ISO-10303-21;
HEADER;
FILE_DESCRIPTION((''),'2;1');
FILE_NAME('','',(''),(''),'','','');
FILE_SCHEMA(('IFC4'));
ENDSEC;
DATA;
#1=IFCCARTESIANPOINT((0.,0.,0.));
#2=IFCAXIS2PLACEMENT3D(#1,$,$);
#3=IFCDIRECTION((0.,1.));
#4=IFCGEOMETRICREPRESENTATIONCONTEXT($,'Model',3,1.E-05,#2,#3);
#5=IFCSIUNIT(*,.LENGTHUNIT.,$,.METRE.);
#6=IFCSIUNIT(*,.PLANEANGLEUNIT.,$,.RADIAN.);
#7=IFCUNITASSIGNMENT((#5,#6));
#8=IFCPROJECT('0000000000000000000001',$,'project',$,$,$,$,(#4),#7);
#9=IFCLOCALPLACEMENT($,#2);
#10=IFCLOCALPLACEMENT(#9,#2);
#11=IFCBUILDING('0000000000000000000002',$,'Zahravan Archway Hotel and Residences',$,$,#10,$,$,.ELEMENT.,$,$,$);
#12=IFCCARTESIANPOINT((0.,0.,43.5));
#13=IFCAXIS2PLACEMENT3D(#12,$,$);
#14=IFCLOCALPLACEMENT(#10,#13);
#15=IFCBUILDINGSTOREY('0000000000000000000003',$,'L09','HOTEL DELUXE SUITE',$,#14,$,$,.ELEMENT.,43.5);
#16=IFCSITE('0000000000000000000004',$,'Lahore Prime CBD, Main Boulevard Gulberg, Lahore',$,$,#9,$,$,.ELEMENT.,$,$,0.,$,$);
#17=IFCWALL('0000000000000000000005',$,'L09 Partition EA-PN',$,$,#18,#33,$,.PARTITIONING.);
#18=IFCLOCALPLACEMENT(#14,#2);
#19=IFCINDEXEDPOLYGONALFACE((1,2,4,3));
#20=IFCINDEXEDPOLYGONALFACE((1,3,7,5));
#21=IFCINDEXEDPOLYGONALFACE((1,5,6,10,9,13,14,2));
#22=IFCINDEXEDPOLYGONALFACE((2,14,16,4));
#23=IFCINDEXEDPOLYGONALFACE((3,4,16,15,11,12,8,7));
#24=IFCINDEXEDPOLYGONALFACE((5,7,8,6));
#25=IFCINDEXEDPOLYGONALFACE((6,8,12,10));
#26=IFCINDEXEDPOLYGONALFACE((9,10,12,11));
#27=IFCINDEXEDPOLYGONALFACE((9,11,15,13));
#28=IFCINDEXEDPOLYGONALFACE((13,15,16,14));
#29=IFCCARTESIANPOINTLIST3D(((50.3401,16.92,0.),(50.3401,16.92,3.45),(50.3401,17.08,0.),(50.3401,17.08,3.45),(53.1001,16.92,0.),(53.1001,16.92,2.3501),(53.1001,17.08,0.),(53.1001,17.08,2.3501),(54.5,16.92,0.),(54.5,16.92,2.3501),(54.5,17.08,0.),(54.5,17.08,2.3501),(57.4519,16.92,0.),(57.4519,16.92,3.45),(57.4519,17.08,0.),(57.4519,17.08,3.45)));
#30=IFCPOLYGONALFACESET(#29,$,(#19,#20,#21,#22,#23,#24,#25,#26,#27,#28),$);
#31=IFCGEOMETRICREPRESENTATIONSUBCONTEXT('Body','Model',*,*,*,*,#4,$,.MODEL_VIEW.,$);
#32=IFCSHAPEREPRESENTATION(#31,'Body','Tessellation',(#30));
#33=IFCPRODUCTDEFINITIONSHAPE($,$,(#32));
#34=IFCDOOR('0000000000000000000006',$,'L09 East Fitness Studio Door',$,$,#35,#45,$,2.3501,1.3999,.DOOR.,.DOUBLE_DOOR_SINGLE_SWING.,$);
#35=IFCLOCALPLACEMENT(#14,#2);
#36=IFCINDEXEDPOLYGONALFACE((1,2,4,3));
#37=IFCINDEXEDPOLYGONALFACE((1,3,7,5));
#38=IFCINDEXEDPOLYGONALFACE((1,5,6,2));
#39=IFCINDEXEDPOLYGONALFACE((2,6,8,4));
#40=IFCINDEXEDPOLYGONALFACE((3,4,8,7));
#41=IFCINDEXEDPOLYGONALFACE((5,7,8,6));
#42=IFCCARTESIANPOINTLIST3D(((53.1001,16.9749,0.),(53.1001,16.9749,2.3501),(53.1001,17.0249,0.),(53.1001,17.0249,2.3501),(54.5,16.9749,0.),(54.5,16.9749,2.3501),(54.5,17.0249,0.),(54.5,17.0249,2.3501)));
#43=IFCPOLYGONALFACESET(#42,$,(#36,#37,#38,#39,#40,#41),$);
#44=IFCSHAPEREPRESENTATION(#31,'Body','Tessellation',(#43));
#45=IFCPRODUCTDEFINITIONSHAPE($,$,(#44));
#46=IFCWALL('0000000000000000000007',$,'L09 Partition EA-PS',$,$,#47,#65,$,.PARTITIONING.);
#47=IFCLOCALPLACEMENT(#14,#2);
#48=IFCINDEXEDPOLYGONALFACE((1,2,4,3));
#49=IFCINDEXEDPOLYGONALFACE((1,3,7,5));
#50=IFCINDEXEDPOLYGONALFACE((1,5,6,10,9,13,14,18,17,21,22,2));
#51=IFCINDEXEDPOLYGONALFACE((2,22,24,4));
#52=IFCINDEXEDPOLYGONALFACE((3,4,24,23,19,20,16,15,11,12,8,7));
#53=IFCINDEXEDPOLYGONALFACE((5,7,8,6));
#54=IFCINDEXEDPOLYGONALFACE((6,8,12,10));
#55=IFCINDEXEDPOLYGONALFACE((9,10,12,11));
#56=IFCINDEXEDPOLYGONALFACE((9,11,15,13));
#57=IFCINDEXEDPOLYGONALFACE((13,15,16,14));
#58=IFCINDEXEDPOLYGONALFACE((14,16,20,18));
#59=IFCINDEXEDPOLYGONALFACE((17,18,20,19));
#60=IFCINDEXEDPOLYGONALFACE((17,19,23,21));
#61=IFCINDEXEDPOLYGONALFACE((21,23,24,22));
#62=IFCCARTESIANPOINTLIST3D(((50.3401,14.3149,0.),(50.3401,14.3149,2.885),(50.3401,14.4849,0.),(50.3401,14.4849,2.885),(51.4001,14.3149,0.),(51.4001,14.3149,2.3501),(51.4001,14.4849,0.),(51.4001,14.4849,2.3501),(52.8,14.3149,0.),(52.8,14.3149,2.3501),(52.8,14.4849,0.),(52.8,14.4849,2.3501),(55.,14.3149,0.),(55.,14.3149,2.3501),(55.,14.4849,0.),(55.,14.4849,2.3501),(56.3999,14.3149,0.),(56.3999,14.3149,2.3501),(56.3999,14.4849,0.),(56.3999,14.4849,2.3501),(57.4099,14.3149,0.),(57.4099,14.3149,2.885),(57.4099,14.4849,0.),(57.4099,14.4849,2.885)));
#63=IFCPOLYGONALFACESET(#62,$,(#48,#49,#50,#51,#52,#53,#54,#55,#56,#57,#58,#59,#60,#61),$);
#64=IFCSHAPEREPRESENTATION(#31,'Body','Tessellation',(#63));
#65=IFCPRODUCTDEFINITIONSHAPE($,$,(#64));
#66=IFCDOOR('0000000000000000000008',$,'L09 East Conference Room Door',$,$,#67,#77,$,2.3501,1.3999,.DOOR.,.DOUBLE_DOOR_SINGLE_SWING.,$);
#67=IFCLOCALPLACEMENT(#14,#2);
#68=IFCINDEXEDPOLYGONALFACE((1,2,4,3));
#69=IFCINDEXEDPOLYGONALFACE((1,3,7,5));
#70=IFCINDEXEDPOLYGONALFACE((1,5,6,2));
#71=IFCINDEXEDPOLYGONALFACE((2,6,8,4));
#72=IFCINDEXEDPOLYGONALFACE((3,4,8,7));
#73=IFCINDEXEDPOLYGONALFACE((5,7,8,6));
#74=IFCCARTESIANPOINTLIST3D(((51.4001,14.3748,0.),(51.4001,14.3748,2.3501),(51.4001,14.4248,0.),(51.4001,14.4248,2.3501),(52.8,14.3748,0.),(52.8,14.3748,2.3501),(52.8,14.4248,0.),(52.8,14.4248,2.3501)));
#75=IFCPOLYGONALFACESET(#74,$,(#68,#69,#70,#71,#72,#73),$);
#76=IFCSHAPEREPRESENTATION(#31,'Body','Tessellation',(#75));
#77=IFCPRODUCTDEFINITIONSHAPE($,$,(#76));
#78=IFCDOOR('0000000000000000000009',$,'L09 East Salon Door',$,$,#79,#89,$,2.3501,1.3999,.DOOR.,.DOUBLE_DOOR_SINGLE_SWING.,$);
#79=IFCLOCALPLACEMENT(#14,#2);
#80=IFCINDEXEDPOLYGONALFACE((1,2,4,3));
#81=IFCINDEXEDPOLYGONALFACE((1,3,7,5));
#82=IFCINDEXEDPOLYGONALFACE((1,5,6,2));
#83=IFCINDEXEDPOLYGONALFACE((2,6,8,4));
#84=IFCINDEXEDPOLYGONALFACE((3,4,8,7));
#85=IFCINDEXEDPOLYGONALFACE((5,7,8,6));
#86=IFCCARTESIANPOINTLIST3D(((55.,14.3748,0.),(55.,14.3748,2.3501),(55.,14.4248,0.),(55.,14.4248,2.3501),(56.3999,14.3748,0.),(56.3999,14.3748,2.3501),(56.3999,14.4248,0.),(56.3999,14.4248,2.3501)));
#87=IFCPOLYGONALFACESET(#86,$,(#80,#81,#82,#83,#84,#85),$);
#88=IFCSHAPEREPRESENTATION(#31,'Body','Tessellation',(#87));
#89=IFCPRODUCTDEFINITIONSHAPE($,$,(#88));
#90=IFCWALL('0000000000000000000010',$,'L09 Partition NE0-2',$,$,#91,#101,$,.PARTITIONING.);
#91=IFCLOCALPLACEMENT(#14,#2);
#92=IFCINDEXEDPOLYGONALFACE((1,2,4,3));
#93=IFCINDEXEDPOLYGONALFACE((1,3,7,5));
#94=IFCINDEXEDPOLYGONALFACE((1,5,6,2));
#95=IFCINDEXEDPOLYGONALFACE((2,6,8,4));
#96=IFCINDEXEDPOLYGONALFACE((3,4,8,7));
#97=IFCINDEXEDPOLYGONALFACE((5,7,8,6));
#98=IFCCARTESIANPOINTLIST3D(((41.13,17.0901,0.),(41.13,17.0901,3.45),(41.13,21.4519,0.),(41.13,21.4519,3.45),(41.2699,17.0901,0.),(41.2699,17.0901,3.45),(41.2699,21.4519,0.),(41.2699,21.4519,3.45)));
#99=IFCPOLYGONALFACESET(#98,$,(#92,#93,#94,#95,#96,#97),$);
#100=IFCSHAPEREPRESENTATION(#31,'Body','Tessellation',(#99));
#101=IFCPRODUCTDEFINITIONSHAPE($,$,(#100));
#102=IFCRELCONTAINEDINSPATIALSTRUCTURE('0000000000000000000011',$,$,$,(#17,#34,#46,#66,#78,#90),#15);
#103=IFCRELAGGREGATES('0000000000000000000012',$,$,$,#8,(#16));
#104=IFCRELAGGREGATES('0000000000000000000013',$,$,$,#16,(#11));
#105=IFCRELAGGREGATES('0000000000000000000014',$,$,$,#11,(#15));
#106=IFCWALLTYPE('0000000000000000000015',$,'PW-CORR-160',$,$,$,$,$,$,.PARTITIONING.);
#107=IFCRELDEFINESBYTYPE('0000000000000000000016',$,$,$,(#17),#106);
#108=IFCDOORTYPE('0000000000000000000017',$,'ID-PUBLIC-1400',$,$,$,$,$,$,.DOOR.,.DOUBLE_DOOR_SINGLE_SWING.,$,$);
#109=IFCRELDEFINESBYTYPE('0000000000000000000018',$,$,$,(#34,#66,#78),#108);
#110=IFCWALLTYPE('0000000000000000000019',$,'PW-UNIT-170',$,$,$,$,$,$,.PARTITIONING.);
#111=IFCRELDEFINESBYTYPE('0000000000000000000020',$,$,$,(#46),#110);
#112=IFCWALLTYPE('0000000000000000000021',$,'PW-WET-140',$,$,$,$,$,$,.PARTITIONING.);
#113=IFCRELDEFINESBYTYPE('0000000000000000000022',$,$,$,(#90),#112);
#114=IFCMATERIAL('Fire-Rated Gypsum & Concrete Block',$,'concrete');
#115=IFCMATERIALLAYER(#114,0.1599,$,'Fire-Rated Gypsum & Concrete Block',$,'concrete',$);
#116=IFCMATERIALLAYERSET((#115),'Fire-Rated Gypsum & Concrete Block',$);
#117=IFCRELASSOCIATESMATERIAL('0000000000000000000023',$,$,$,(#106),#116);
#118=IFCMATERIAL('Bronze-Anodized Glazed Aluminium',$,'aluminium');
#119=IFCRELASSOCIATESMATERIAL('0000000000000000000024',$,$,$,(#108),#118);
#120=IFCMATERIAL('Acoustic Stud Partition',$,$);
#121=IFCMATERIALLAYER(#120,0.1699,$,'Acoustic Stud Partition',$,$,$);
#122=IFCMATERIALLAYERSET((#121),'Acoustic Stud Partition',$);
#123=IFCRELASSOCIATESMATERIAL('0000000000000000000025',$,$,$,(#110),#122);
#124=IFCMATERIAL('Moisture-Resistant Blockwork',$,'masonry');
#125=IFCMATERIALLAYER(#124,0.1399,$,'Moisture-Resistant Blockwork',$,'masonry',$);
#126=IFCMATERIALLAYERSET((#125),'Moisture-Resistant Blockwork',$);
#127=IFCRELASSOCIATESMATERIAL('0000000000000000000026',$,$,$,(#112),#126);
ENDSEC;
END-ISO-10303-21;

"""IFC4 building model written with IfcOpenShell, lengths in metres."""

from ifc_helpers import new_model, si_unit, direction, frame, frame_2d, origin, place, context, subcontext, project, spatial, rectangle, extrude, source, transform, mapped, material, layer, layer_set, type_object, type_shapes, element, fill, save


model = new_model("IFC4")

# Units and contexts
model_context = context("Model", 3, precision=1e-05, world=origin(), true_north=direction((0.0, 1.0)))
body_context = subcontext(model_context, "Body", "Model", "MODEL_VIEW")
ifc_project = project(units=[si_unit("LENGTHUNIT", "METRE"), si_unit("PLANEANGLEUNIT", "RADIAN")], contexts=[model_context])

# Site, building, storey
site_placement = place(None, origin())
site = spatial("IfcSite", under=ifc_project, at=site_placement, Name="Lahore Prime CBD, Main Boulevard Gulberg, Lahore", CompositionType="ELEMENT", RefElevation=0.0)
building_placement = place(site_placement, origin())
building = spatial("IfcBuilding", under=site, at=building_placement, Name="Zahravan Archway Hotel and Residences", CompositionType="ELEMENT")
storey_placement = place(building_placement, frame((0.0, 0.0, 43.5)))
storey = spatial("IfcBuildingStorey", under=building, at=storey_placement, Name="L09", Description="HOTEL DELUXE SUITE", CompositionType="ELEMENT", Elevation=43.5)

# Wall, opening, door
ifc_material_1 = material(Name="Fire-Rated Gypsum & Concrete Block", Category="concrete")
ifc_layer_1 = layer(ifc_material_1, 0.1599, Name="Fire-Rated Gypsum & Concrete Block", Category="concrete")
ifc_layer_set_1 = layer_set([ifc_layer_1], Name="Fire-Rated Gypsum & Concrete Block")
wall_type_1 = type_object("IfcWallType", Name="PW-CORR-160", PredefinedType="PARTITIONING", material=ifc_layer_set_1)
wall_1_placement = place(storey_placement, frame((50.3401, 17.0, 0.0), z_axis=(0.0, 0.0, 1.0), x_axis=(1.0, 0.0, 0.0)))
wall_1 = element("IfcWall", 1, at=wall_1_placement, inside=storey, type_object=wall_type_1, Name="L09 Partition EA-PN", PredefinedType="PARTITIONING", context=body_context, shape_type="SweptSolid", body=[
    extrude(rectangle(XDim=7.1118, YDim=0.1599, at=frame_2d((3.5559, 0.0))), origin(), (0.0, 0.0, 1.0), 3.45),
])
opening_1_placement = place(wall_1_placement, frame((2.76, 0.0, 0.0)))
opening_1 = element("IfcOpeningElement", 2, at=opening_1_placement, cuts=wall_1, PredefinedType="OPENING", context=body_context, shape_type="SweptSolid", body=[
    extrude(rectangle(XDim=1.3999, YDim=2.3501, at=frame_2d((0.7, 1.175))), frame((0.0, 0.0898, 0.0), z_axis=(0.0, -1.0, 0.0), x_axis=(1.0, 0.0, 0.0)), (0.0, 0.0, 1.0), 0.1799),
])
ifc_material_2 = material(Name="Bronze-Anodized Glazed Aluminium", Category="aluminium")
door_type_1 = type_object("IfcDoorType", Name="ID-PUBLIC-1400", OperationType="DOUBLE_DOOR_SINGLE_SWING", PredefinedType="DOOR", material=ifc_material_2)
shared_shape_1 = source(origin(), body_context, "Body", "SweptSolid", [
    extrude(rectangle(XDim=1.3999, YDim=2.3501, at=frame_2d((0.7, 1.175))), frame((0.0, 0.0249, 0.0), z_axis=(0.0, -1.0, 0.0), x_axis=(1.0, 0.0, 0.0)), (0.0, 0.0, 1.0), 0.05),
])
type_shapes(door_type_1, [shared_shape_1])
door_1_placement = place(opening_1_placement, origin())
door_1 = element("IfcDoor", 3, at=door_1_placement, inside=storey, type_object=door_type_1, Name="L09 East Fitness Studio Door", OperationType="DOUBLE_DOOR_SINGLE_SWING", OverallHeight=2.3501, OverallWidth=1.3999, PredefinedType="DOOR", context=body_context, shape_type="MappedRepresentation", body=[
    mapped(shared_shape_1, transform((0.0, 0.0, 0.0), scale=1.0)),
])
fill(opening_1, door_1)

# Wall, openings, doors
ifc_material_3 = material(Name="Acoustic Stud Partition")
ifc_layer_2 = layer(ifc_material_3, 0.1699, Name="Acoustic Stud Partition")
ifc_layer_set_2 = layer_set([ifc_layer_2], Name="Acoustic Stud Partition")
wall_type_2 = type_object("IfcWallType", Name="PW-UNIT-170", PredefinedType="PARTITIONING", material=ifc_layer_set_2)
wall_2_placement = place(storey_placement, frame((50.3401, 14.3999, 0.0), z_axis=(0.0, 0.0, 1.0), x_axis=(1.0, 0.0, 0.0)))
wall_2 = element("IfcWall", 4, at=wall_2_placement, inside=storey, type_object=wall_type_2, Name="L09 Partition EA-PS", PredefinedType="PARTITIONING", context=body_context, shape_type="SweptSolid", body=[
    extrude(rectangle(XDim=7.0698, YDim=0.1699, at=frame_2d((3.5349, 0.0))), origin(), (0.0, 0.0, 1.0), 2.885),
])
opening_2_placement = place(wall_2_placement, frame((1.0601, 0.0, 0.0)))
opening_2 = element("IfcOpeningElement", 5, at=opening_2_placement, cuts=wall_2, PredefinedType="OPENING", context=body_context, shape_type="SweptSolid", body=[
    extrude(rectangle(XDim=1.3999, YDim=2.3501, at=frame_2d((0.7, 1.175))), frame((0.0, 0.095, 0.0), z_axis=(0.0, -1.0, 0.0), x_axis=(1.0, 0.0, 0.0)), (0.0, 0.0, 1.0), 0.1899),
])
opening_3_placement = place(wall_2_placement, frame((4.6599, 0.0, 0.0)))
opening_3 = element("IfcOpeningElement", 6, at=opening_3_placement, cuts=wall_2, PredefinedType="OPENING", context=body_context, shape_type="SweptSolid", body=[
    extrude(rectangle(XDim=1.3999, YDim=2.3501, at=frame_2d((0.7, 1.175))), frame((0.0, 0.095, 0.0), z_axis=(0.0, -1.0, 0.0), x_axis=(1.0, 0.0, 0.0)), (0.0, 0.0, 1.0), 0.1899),
])
door_2_placement = place(opening_2_placement, origin())
door_2 = element("IfcDoor", 7, at=door_2_placement, inside=storey, type_object=door_type_1, Name="L09 East Conference Room Door", OperationType="DOUBLE_DOOR_SINGLE_SWING", OverallHeight=2.3501, OverallWidth=1.3999, PredefinedType="DOOR", context=body_context, shape_type="MappedRepresentation", body=[
    mapped(shared_shape_1, transform((0.0, 0.0, 0.0), scale=1.0)),
])
fill(opening_2, door_2)
door_3_placement = place(opening_3_placement, origin())
door_3 = element("IfcDoor", 8, at=door_3_placement, inside=storey, type_object=door_type_1, Name="L09 East Salon Door", OperationType="DOUBLE_DOOR_SINGLE_SWING", OverallHeight=2.3501, OverallWidth=1.3999, PredefinedType="DOOR", context=body_context, shape_type="MappedRepresentation", body=[
    mapped(shared_shape_1, transform((0.0, 0.0, 0.0), scale=1.0)),
])
fill(opening_3, door_3)

# Wall
ifc_material_4 = material(Name="Moisture-Resistant Blockwork", Category="masonry")
ifc_layer_3 = layer(ifc_material_4, 0.1399, Name="Moisture-Resistant Blockwork", Category="masonry")
ifc_layer_set_3 = layer_set([ifc_layer_3], Name="Moisture-Resistant Blockwork")
wall_type_3 = type_object("IfcWallType", Name="PW-WET-140", PredefinedType="PARTITIONING", material=ifc_layer_set_3)
wall_3_placement = place(storey_placement, frame((41.2, 17.0901, 0.0), z_axis=(0.0, 0.0, 1.0), x_axis=(0.0, 1.0, 0.0)))
element("IfcWall", 9, at=wall_3_placement, inside=storey, type_object=wall_type_3, Name="L09 Partition NE0-2", PredefinedType="PARTITIONING", context=body_context, shape_type="SweptSolid", body=[
    extrude(rectangle(XDim=4.3618, YDim=0.1399, at=frame_2d((2.1809, 0.0))), origin(), (0.0, 0.0, 1.0), 3.45),
])

save(model, "model.ifc")
